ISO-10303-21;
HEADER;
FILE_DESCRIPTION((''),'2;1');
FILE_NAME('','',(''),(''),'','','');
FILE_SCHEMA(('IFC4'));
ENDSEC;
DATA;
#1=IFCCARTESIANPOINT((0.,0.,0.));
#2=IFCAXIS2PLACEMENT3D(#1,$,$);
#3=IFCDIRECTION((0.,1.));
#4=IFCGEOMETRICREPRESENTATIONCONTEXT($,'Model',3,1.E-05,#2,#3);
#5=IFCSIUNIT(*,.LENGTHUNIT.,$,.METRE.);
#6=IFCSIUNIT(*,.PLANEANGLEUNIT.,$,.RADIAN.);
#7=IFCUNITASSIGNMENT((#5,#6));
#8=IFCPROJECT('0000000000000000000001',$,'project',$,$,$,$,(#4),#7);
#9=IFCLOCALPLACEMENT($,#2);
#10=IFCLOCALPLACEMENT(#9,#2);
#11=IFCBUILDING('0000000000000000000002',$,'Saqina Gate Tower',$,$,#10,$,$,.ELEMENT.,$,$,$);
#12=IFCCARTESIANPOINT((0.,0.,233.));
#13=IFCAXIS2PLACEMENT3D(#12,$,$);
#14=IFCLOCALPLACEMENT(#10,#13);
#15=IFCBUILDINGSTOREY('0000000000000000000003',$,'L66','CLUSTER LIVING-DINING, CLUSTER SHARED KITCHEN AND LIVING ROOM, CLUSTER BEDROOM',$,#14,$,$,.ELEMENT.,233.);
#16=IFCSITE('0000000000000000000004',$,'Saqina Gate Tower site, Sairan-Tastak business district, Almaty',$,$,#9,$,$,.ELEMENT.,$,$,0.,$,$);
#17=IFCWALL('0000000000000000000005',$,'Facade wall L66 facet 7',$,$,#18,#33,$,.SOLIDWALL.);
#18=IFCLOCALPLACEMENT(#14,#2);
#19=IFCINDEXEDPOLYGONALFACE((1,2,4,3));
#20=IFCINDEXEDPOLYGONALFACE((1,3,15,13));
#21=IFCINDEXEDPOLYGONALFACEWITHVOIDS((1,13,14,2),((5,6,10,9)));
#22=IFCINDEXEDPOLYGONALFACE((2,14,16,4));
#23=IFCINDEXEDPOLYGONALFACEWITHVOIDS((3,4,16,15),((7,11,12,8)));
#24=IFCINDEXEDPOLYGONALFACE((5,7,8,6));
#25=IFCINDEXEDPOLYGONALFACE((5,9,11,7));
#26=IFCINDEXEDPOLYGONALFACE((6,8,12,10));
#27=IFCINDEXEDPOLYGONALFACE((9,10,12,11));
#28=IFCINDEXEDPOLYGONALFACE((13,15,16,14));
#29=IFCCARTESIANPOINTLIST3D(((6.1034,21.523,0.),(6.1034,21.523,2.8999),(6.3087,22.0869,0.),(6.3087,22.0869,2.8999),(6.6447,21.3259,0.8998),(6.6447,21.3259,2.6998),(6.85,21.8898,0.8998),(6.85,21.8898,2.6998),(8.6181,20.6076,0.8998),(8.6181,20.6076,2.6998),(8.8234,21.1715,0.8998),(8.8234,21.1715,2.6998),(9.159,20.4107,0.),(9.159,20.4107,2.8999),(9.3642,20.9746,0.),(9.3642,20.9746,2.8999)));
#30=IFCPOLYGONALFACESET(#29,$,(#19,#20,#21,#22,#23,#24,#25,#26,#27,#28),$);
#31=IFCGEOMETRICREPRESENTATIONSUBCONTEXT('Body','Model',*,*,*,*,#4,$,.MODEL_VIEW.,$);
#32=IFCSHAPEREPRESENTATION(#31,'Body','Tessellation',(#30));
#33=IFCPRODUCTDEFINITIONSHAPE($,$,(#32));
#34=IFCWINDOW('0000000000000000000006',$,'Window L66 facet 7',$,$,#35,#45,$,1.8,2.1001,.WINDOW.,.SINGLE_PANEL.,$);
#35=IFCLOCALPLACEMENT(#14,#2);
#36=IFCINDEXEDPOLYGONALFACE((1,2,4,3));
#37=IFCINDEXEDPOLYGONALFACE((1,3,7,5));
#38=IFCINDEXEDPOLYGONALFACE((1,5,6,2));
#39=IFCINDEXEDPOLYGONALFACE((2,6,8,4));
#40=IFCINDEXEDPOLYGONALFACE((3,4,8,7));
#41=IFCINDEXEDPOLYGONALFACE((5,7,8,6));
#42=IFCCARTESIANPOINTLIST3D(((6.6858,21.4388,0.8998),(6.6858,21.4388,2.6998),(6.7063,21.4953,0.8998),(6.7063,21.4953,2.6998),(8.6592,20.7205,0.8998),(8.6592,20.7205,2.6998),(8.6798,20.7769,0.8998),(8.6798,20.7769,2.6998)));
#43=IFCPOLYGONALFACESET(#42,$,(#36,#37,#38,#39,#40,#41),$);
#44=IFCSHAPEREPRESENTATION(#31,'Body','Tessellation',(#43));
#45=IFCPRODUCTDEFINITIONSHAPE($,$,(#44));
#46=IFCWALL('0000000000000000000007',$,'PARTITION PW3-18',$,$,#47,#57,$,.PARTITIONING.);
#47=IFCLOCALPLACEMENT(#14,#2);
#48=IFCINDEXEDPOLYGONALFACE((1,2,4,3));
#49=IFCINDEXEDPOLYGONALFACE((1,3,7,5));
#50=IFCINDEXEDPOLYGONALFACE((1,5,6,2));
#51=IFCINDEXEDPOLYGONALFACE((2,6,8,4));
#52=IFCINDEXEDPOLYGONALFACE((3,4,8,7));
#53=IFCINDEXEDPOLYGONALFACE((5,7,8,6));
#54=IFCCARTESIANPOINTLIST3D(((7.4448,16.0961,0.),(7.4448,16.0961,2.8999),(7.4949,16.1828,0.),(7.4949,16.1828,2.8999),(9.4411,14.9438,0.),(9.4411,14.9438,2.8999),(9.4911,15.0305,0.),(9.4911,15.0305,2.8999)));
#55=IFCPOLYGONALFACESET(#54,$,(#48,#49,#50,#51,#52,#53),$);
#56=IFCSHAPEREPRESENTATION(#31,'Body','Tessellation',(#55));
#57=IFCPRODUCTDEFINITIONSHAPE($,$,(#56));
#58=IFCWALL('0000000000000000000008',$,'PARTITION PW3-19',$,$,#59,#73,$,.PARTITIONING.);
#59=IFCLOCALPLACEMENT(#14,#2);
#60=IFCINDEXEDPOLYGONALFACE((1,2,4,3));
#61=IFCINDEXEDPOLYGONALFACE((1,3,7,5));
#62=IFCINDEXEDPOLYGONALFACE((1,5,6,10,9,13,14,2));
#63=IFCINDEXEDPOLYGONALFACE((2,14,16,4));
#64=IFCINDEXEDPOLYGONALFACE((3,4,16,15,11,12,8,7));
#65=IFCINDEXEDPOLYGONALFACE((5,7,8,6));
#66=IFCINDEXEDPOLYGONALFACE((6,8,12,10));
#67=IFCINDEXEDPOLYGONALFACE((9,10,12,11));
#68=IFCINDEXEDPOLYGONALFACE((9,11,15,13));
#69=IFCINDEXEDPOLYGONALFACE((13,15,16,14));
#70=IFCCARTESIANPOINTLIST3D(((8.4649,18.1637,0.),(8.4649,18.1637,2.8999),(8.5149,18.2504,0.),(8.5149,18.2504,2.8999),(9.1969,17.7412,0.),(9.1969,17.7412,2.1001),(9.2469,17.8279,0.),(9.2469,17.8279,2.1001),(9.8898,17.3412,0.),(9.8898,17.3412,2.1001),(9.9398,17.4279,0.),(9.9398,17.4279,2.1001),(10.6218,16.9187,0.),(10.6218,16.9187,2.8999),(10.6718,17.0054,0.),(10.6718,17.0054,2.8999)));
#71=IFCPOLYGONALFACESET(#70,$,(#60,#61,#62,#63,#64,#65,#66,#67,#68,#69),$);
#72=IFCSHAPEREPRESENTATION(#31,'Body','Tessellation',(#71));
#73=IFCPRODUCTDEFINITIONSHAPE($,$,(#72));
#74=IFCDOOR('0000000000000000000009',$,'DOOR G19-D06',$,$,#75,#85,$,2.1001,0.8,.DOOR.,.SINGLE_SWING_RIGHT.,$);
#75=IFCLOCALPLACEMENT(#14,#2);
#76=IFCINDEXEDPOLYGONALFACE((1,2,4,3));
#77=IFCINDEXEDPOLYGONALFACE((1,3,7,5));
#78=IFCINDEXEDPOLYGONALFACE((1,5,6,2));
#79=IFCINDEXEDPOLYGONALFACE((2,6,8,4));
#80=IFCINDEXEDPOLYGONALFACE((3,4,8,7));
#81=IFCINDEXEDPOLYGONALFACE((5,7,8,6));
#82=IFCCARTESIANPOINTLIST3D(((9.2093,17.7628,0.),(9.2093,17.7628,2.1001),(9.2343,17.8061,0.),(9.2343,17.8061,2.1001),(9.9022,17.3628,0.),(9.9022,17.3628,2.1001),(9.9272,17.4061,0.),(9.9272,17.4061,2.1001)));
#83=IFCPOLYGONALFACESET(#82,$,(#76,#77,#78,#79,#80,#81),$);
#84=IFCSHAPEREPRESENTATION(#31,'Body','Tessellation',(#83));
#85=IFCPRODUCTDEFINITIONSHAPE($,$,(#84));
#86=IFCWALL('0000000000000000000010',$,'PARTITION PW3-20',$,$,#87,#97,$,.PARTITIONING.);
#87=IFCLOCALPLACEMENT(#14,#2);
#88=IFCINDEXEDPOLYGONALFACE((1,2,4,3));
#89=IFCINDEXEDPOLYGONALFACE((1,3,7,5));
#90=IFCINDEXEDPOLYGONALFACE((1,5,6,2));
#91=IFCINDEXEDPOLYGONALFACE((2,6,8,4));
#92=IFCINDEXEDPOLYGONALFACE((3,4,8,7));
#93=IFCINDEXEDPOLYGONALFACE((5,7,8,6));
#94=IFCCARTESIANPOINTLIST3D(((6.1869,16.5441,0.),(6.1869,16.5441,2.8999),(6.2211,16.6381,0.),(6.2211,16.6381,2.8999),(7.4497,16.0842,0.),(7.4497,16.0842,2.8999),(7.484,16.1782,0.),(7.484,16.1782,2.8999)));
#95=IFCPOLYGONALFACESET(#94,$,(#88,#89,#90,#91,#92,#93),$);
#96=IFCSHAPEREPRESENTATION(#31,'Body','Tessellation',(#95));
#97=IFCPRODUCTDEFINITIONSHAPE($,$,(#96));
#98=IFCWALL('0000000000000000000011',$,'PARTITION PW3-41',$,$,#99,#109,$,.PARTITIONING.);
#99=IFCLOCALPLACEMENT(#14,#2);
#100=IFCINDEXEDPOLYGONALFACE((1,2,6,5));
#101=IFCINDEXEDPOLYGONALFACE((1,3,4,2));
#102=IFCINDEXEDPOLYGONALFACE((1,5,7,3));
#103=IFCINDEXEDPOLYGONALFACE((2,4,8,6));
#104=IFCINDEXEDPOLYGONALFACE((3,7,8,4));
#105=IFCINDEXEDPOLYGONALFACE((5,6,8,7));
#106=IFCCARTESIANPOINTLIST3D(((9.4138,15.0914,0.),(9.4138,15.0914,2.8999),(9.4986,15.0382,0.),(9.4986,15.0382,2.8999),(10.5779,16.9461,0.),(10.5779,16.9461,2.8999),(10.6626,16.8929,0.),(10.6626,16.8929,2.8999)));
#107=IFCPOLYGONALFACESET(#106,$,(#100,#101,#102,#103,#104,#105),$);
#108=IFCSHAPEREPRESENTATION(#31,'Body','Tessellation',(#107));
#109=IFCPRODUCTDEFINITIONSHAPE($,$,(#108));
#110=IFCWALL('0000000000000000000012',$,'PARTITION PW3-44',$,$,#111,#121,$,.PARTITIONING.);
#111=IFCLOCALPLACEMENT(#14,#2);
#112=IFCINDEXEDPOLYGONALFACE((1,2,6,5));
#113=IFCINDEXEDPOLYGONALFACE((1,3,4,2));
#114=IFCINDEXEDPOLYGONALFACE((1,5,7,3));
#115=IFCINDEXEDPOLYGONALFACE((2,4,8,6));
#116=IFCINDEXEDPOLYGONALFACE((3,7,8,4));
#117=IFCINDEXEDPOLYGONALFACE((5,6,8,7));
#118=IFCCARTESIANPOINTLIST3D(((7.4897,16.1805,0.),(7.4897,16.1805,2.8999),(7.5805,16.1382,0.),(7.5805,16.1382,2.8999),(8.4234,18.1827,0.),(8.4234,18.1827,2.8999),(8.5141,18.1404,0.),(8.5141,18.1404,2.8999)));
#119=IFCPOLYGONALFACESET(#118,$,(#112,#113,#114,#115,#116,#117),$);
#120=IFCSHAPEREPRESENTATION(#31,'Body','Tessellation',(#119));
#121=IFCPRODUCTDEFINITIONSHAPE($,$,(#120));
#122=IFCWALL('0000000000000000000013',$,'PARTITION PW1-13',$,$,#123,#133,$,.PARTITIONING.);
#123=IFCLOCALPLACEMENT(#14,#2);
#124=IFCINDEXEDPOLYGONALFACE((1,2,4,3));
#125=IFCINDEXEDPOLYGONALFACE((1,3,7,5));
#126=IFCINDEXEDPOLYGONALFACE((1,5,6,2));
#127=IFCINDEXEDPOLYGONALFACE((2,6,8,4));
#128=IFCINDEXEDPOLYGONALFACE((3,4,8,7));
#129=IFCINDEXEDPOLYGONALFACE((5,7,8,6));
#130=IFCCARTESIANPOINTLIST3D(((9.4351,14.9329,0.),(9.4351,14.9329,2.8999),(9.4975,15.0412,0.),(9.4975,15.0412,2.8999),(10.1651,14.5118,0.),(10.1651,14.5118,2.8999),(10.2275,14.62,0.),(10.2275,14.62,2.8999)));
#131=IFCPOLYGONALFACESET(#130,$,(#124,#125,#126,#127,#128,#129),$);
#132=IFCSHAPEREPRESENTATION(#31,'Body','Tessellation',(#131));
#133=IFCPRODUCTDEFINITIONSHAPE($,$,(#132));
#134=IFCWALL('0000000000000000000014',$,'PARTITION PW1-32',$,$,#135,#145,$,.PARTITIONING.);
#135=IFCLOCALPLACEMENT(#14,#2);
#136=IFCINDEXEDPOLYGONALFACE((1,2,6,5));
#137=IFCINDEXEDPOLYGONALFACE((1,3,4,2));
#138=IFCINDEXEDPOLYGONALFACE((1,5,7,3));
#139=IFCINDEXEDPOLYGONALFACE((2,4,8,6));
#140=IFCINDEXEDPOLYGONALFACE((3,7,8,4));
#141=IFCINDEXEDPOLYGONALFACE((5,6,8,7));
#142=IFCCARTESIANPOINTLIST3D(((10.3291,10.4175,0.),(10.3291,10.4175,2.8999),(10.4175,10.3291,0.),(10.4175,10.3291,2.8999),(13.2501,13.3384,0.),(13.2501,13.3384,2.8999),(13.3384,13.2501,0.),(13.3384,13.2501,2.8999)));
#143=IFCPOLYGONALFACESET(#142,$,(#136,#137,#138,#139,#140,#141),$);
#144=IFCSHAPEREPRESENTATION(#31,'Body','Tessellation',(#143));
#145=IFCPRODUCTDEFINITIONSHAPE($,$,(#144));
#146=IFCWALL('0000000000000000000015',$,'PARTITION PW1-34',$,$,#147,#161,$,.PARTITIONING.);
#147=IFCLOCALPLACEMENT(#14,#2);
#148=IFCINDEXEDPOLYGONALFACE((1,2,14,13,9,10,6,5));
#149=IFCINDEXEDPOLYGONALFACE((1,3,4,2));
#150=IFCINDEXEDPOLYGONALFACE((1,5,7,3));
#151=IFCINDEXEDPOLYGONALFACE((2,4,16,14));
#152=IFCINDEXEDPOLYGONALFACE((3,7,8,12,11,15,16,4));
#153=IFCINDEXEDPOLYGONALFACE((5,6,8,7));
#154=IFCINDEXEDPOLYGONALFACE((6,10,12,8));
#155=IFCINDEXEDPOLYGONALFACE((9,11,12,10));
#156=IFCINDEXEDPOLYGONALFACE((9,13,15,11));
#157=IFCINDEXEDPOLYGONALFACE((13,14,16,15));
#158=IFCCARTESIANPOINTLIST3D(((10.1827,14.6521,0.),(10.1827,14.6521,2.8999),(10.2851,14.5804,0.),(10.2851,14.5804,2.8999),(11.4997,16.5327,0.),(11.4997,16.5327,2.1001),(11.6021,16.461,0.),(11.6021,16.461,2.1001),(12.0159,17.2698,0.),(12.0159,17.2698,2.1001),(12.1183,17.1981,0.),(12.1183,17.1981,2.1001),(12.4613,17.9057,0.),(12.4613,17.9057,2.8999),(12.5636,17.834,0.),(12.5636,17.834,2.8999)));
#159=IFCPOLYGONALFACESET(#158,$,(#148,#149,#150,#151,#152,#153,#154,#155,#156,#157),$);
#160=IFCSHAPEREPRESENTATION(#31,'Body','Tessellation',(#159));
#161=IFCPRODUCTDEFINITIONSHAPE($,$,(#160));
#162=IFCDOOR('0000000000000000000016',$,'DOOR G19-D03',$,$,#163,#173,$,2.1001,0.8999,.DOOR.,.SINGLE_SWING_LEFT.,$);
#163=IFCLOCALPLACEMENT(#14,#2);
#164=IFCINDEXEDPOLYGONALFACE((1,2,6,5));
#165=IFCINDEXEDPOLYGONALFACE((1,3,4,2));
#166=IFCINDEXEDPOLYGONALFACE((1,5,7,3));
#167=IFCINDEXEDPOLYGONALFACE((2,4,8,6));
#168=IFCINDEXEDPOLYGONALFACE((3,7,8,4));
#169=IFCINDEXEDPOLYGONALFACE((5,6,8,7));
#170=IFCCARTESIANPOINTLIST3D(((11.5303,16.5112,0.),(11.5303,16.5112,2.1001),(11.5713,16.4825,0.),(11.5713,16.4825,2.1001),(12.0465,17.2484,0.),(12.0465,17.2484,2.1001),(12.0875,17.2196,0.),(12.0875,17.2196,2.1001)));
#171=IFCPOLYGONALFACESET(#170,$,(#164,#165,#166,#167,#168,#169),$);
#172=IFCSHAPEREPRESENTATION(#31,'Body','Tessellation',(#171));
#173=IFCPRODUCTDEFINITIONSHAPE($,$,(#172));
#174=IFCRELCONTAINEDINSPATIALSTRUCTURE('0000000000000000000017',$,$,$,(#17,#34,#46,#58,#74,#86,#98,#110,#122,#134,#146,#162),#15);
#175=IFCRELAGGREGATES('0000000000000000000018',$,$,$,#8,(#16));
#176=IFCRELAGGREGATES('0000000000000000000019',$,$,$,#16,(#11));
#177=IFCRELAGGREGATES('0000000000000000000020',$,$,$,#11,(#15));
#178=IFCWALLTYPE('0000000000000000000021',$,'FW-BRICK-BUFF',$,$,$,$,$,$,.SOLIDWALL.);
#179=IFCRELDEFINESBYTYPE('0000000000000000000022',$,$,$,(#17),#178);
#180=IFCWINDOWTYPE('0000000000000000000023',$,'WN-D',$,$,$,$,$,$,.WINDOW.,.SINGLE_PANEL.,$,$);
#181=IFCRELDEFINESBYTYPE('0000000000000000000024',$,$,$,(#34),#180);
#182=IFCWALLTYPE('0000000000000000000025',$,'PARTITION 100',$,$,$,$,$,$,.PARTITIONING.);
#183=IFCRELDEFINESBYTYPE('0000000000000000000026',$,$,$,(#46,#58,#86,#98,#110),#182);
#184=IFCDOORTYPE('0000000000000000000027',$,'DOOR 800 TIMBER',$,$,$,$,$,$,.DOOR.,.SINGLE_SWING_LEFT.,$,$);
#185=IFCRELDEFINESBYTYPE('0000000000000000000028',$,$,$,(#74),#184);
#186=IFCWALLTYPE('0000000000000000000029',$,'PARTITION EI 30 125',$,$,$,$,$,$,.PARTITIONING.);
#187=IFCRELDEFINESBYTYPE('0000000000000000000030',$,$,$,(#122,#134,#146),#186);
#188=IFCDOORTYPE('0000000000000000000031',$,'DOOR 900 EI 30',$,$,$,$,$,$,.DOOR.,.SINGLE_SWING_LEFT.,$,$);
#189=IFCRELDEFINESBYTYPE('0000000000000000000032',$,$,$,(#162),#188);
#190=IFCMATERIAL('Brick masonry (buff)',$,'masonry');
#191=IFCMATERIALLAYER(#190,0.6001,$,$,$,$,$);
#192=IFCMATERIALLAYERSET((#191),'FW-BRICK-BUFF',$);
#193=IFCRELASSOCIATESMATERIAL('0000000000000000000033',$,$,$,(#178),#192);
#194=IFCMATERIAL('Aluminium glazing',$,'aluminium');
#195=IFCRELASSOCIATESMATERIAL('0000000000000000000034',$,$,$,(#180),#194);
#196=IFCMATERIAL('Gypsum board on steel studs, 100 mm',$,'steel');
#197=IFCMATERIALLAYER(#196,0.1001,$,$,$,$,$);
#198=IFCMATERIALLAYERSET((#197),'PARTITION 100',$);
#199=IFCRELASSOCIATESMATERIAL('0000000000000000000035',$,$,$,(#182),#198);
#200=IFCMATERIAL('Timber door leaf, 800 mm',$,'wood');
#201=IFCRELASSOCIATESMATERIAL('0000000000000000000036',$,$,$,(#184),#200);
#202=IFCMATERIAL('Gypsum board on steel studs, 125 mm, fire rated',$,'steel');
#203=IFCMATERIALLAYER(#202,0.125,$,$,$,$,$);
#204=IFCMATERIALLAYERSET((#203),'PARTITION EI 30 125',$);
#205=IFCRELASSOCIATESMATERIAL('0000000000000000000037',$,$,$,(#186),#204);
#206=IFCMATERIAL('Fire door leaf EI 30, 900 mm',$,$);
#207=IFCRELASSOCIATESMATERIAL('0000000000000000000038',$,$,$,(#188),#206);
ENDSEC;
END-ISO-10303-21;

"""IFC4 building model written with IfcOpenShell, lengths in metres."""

from ifc_helpers import new_model, si_unit, direction, frame, frame_2d, origin, place, context, subcontext, project, spatial, rectangle, extrude, material, layer, layer_set, type_object, element, fill, save


model = new_model("IFC4")

# Units and contexts
model_context = context("Model", 3, precision=1e-05, world=origin(), true_north=direction((0.0, 1.0)))
body_context = subcontext(model_context, "Body", "Model", "MODEL_VIEW")
ifc_project = project(units=[si_unit("LENGTHUNIT", "METRE"), si_unit("PLANEANGLEUNIT", "RADIAN")], contexts=[model_context])

# Site, building, storey
site_placement = place(None, origin())
site = spatial("IfcSite", under=ifc_project, at=site_placement, Name="Saqina Gate Tower site, Sairan-Tastak business district, Almaty", CompositionType="ELEMENT", RefElevation=0.0)
building_placement = place(site_placement, origin())
building = spatial("IfcBuilding", under=site, at=building_placement, Name="Saqina Gate Tower", CompositionType="ELEMENT")
storey_placement = place(building_placement, frame((0.0, 0.0, 233.0)))
storey = spatial("IfcBuildingStorey", under=building, at=storey_placement, Name="L66", Description="CLUSTER LIVING-DINING, CLUSTER SHARED KITCHEN AND LIVING ROOM, CLUSTER BEDROOM", CompositionType="ELEMENT", Elevation=233.0)

# Wall, opening, window
ifc_material_1 = material(Name="Brick masonry (buff)", Category="masonry")
ifc_layer_1 = layer(ifc_material_1, 0.6001)
ifc_layer_set_1 = layer_set([ifc_layer_1], Name="FW-BRICK-BUFF")
wall_type_1 = type_object("IfcWallType", Name="FW-BRICK-BUFF", PredefinedType="SOLIDWALL", material=ifc_layer_set_1)
ifc_material_2 = material(Name="Aluminium glazing", Category="aluminium")
window_type = type_object("IfcWindowType", Name="WN-D", PartitioningType="SINGLE_PANEL", PredefinedType="WINDOW", material=ifc_material_2)
wall_1_placement = place(storey_placement, frame((9.2617, 20.6926, 0.0), z_axis=(0.0, 0.0, 1.0), x_axis=(-0.939679, 0.342057, 0.0)))
wall_1 = element("IfcWall", 1, at=wall_1_placement, inside=storey, type_object=wall_type_1, Name="Facade wall L66 facet 7", PredefinedType="SOLIDWALL", context=body_context, shape_type="SweptSolid", body=[
    extrude(rectangle(XDim=3.2517, YDim=0.6001, at=frame_2d((1.626, 0.0))), origin(), (0.0, 0.0, 1.0), 2.8999),
])
opening_1_placement = place(wall_1_placement, frame((0.5757, 0.0, 0.8999)))
opening_1 = element("IfcOpeningElement", 2, at=opening_1_placement, cuts=wall_1, PredefinedType="OPENING", context=body_context, shape_type="SweptSolid", body=[
    extrude(rectangle(XDim=2.1001, YDim=1.8, at=frame_2d((1.05, 0.8999))), frame((0.0, 0.312, 0.0), z_axis=(0.0, -1.0, 0.0), x_axis=(1.0, 0.0, 0.0)), (0.0, 0.0, 1.0), 0.624),
])
window_1_placement = place(opening_1_placement, origin())
window_1 = element("IfcWindow", 3, at=window_1_placement, inside=storey, type_object=window_type, Name="Window L66 facet 7", OverallHeight=1.8, OverallWidth=2.1001, PartitioningType="SINGLE_PANEL", PredefinedType="WINDOW", context=body_context, shape_type="SweptSolid", body=[
    extrude(rectangle(XDim=2.1001, YDim=1.8, at=frame_2d((1.05, 0.8999))), frame((0.0, 0.1799, 0.0), z_axis=(0.0, -1.0, 0.0), x_axis=(1.0, 0.0, 0.0)), (0.0, 0.0, 1.0), 0.0601),
])
fill(opening_1, window_1)

# Wall
ifc_material_3 = material(Name="Gypsum board on steel studs, 100 mm", Category="steel")
ifc_layer_2 = layer(ifc_material_3, 0.1001)
ifc_layer_set_2 = layer_set([ifc_layer_2], Name="PARTITION 100")
wall_type_2 = type_object("IfcWallType", Name="PARTITION 100", PredefinedType="PARTITIONING", material=ifc_layer_set_2)
wall_2_placement = place(storey_placement, frame((7.47, 16.1394, 0.0), z_axis=(0.0, 0.0, 1.0), x_axis=(0.866071, -0.499921, 0.0)))
element("IfcWall", 4, at=wall_2_placement, inside=storey, type_object=wall_type_2, Name="PARTITION PW3-18", PredefinedType="PARTITIONING", context=body_context, shape_type="SweptSolid", body=[
    extrude(rectangle(XDim=2.3049, YDim=0.1001, at=frame_2d((1.1523, 0.0))), origin(), (0.0, 0.0, 1.0), 2.8999),
])

# Wall, opening, door
wall_3_placement = place(storey_placement, frame((8.49, 18.207, 0.0), z_axis=(0.0, 0.0, 1.0), x_axis=(0.866063, -0.499935, 0.0)))
wall_3 = element("IfcWall", 5, at=wall_3_placement, inside=storey, type_object=wall_type_2, Name="PARTITION PW3-19", PredefinedType="PARTITIONING", context=body_context, shape_type="SweptSolid", body=[
    extrude(rectangle(XDim=2.4905, YDim=0.1001, at=frame_2d((1.2451, 0.0))), origin(), (0.0, 0.0, 1.0), 2.8999),
])
opening_2_placement = place(wall_3_placement, frame((0.8452, 0.0, 0.0)))
opening_2 = element("IfcOpeningElement", 6, at=opening_2_placement, cuts=wall_3, PredefinedType="OPENING", context=body_context, shape_type="SweptSolid", body=[
    extrude(rectangle(XDim=0.8, YDim=2.1001, at=frame_2d((0.3999, 1.05))), frame((0.0, 0.062, 0.0), z_axis=(0.0, -1.0, 0.0), x_axis=(1.0, 0.0, 0.0)), (0.0, 0.0, 1.0), 0.124),
])
ifc_material_4 = material(Name="Timber door leaf, 800 mm", Category="wood")
door_type_1 = type_object("IfcDoorType", Name="DOOR 800 TIMBER", OperationType="SINGLE_SWING_LEFT", PredefinedType="DOOR", material=ifc_material_4)
door_1_placement = place(opening_2_placement, origin())
door_1 = element("IfcDoor", 7, at=door_1_placement, inside=storey, type_object=door_type_1, Name="DOOR G19-D06", OperationType="SINGLE_SWING_RIGHT", OverallHeight=2.1001, OverallWidth=0.8, PredefinedType="DOOR", context=body_context, shape_type="SweptSolid", body=[
    extrude(rectangle(XDim=0.8, YDim=2.1001, at=frame_2d((0.3999, 1.05))), frame((0.0, 0.0249, 0.0), z_axis=(0.0, -1.0, 0.0), x_axis=(1.0, 0.0, 0.0)), (0.0, 0.0, 1.0), 0.05),
])
fill(opening_2, door_1)

# Walls
wall_4_placement = place(storey_placement, frame((6.2041, 16.5911, 0.0), z_axis=(0.0, 0.0, 1.0), x_axis=(0.939624, -0.34221, 0.0)))
element("IfcWall", 8, at=wall_4_placement, inside=storey, type_object=wall_type_2, Name="PARTITION PW3-20", PredefinedType="PARTITIONING", context=body_context, shape_type="SweptSolid", body=[
    extrude(rectangle(XDim=1.344, YDim=0.1001, at=frame_2d((0.6719, 0.0))), origin(), (0.0, 0.0, 1.0), 2.8999),
])
wall_5_placement = place(storey_placement, frame((9.4563, 15.0649, 0.0), z_axis=(0.0, 0.0, 1.0), x_axis=(0.531591, 0.847001, 0.0)))
element("IfcWall", 9, at=wall_5_placement, inside=storey, type_object=wall_type_2, Name="PARTITION PW3-41", PredefinedType="PARTITIONING", context=body_context, shape_type="SweptSolid", body=[
    extrude(rectangle(XDim=2.1897, YDim=0.1001, at=frame_2d((1.0947, 0.0))), origin(), (0.0, 0.0, 1.0), 2.8999),
])
wall_6_placement = place(storey_placement, frame((7.5352, 16.1594, 0.0), z_axis=(0.0, 0.0, 1.0), x_axis=(0.422601, 0.906316, 0.0)))
element("IfcWall", 10, at=wall_6_placement, inside=storey, type_object=wall_type_2, Name="PARTITION PW3-44", PredefinedType="PARTITIONING", context=body_context, shape_type="SweptSolid", body=[
    extrude(rectangle(XDim=2.2092, YDim=0.1001, at=frame_2d((1.1045, 0.0))), origin(), (0.0, 0.0, 1.0), 2.8999),
])
ifc_material_5 = material(Name="Gypsum board on steel studs, 125 mm, fire rated", Category="steel")
ifc_layer_3 = layer(ifc_material_5, 0.125)
ifc_layer_set_3 = layer_set([ifc_layer_3], Name="PARTITION EI 30 125")
wall_type_3 = type_object("IfcWallType", Name="PARTITION EI 30 125", PredefinedType="PARTITIONING", material=ifc_layer_set_3)
wall_7_placement = place(storey_placement, frame((9.4663, 14.9871, 0.0), z_axis=(0.0, 0.0, 1.0), x_axis=(0.866186, -0.499722, 0.0)))
element("IfcWall", 11, at=wall_7_placement, inside=storey, type_object=wall_type_3, Name="PARTITION PW1-13", PredefinedType="PARTITIONING", context=body_context, shape_type="SweptSolid", body=[
    extrude(rectangle(XDim=0.8428, YDim=0.125, at=frame_2d((0.4214, 0.0))), origin(), (0.0, 0.0, 1.0), 2.8999),
])
wall_8_placement = place(storey_placement, frame((10.3733, 10.3733, 0.0), z_axis=(0.0, 0.0, 1.0), x_axis=(0.707107, 0.707107, 0.0)))
element("IfcWall", 12, at=wall_8_placement, inside=storey, type_object=wall_type_3, Name="PARTITION PW1-32", PredefinedType="PARTITIONING", context=body_context, shape_type="SweptSolid", body=[
    extrude(rectangle(XDim=4.1309, YDim=0.125, at=frame_2d((2.0654, 0.0))), origin(), (0.0, 0.0, 1.0), 2.8999),
])

# Wall, opening, door
wall_9_placement = place(storey_placement, frame((10.2339, 14.6162, 0.0), z_axis=(0.0, 0.0, 1.0), x_axis=(0.573631, 0.819114, 0.0)))
wall_9 = element("IfcWall", 13, at=wall_9_placement, inside=storey, type_object=wall_type_3, Name="PARTITION PW1-34", PredefinedType="PARTITIONING", context=body_context, shape_type="SweptSolid", body=[
    extrude(rectangle(XDim=3.9722, YDim=0.125, at=frame_2d((1.9861, 0.0))), origin(), (0.0, 0.0, 1.0), 2.8999),
])
opening_3_placement = place(wall_9_placement, frame((2.2959, 0.0, 0.0)))
opening_3 = element("IfcOpeningElement", 14, at=opening_3_placement, cuts=wall_9, PredefinedType="OPENING", context=body_context, shape_type="SweptSolid", body=[
    extrude(rectangle(XDim=0.8999, YDim=2.1001, at=frame_2d((0.45, 1.05))), frame((0.0, 0.0745, 0.0), z_axis=(0.0, -1.0, 0.0), x_axis=(1.0, 0.0, 0.0)), (0.0, 0.0, 1.0), 0.1489),
])
ifc_material_6 = material(Name="Fire door leaf EI 30, 900 mm")
door_type_2 = type_object("IfcDoorType", Name="DOOR 900 EI 30", OperationType="SINGLE_SWING_LEFT", PredefinedType="DOOR", material=ifc_material_6)
door_2_placement = place(opening_3_placement, frame((0.8999, 0.0, 0.0), z_axis=(0.0, 0.0, 1.0), x_axis=(-1.0, 0.0, 0.0)))
door_2 = element("IfcDoor", 15, at=door_2_placement, inside=storey, type_object=door_type_2, Name="DOOR G19-D03", OperationType="SINGLE_SWING_LEFT", OverallHeight=2.1001, OverallWidth=0.8999, PredefinedType="DOOR", context=body_context, shape_type="SweptSolid", body=[
    extrude(rectangle(XDim=0.8999, YDim=2.1001, at=frame_2d((0.45, 1.05))), frame((0.0, 0.0249, 0.0), z_axis=(0.0, -1.0, 0.0), x_axis=(1.0, 0.0, 0.0)), (0.0, 0.0, 1.0), 0.05),
])
fill(opening_3, door_2)

save(model, "model.ifc")
